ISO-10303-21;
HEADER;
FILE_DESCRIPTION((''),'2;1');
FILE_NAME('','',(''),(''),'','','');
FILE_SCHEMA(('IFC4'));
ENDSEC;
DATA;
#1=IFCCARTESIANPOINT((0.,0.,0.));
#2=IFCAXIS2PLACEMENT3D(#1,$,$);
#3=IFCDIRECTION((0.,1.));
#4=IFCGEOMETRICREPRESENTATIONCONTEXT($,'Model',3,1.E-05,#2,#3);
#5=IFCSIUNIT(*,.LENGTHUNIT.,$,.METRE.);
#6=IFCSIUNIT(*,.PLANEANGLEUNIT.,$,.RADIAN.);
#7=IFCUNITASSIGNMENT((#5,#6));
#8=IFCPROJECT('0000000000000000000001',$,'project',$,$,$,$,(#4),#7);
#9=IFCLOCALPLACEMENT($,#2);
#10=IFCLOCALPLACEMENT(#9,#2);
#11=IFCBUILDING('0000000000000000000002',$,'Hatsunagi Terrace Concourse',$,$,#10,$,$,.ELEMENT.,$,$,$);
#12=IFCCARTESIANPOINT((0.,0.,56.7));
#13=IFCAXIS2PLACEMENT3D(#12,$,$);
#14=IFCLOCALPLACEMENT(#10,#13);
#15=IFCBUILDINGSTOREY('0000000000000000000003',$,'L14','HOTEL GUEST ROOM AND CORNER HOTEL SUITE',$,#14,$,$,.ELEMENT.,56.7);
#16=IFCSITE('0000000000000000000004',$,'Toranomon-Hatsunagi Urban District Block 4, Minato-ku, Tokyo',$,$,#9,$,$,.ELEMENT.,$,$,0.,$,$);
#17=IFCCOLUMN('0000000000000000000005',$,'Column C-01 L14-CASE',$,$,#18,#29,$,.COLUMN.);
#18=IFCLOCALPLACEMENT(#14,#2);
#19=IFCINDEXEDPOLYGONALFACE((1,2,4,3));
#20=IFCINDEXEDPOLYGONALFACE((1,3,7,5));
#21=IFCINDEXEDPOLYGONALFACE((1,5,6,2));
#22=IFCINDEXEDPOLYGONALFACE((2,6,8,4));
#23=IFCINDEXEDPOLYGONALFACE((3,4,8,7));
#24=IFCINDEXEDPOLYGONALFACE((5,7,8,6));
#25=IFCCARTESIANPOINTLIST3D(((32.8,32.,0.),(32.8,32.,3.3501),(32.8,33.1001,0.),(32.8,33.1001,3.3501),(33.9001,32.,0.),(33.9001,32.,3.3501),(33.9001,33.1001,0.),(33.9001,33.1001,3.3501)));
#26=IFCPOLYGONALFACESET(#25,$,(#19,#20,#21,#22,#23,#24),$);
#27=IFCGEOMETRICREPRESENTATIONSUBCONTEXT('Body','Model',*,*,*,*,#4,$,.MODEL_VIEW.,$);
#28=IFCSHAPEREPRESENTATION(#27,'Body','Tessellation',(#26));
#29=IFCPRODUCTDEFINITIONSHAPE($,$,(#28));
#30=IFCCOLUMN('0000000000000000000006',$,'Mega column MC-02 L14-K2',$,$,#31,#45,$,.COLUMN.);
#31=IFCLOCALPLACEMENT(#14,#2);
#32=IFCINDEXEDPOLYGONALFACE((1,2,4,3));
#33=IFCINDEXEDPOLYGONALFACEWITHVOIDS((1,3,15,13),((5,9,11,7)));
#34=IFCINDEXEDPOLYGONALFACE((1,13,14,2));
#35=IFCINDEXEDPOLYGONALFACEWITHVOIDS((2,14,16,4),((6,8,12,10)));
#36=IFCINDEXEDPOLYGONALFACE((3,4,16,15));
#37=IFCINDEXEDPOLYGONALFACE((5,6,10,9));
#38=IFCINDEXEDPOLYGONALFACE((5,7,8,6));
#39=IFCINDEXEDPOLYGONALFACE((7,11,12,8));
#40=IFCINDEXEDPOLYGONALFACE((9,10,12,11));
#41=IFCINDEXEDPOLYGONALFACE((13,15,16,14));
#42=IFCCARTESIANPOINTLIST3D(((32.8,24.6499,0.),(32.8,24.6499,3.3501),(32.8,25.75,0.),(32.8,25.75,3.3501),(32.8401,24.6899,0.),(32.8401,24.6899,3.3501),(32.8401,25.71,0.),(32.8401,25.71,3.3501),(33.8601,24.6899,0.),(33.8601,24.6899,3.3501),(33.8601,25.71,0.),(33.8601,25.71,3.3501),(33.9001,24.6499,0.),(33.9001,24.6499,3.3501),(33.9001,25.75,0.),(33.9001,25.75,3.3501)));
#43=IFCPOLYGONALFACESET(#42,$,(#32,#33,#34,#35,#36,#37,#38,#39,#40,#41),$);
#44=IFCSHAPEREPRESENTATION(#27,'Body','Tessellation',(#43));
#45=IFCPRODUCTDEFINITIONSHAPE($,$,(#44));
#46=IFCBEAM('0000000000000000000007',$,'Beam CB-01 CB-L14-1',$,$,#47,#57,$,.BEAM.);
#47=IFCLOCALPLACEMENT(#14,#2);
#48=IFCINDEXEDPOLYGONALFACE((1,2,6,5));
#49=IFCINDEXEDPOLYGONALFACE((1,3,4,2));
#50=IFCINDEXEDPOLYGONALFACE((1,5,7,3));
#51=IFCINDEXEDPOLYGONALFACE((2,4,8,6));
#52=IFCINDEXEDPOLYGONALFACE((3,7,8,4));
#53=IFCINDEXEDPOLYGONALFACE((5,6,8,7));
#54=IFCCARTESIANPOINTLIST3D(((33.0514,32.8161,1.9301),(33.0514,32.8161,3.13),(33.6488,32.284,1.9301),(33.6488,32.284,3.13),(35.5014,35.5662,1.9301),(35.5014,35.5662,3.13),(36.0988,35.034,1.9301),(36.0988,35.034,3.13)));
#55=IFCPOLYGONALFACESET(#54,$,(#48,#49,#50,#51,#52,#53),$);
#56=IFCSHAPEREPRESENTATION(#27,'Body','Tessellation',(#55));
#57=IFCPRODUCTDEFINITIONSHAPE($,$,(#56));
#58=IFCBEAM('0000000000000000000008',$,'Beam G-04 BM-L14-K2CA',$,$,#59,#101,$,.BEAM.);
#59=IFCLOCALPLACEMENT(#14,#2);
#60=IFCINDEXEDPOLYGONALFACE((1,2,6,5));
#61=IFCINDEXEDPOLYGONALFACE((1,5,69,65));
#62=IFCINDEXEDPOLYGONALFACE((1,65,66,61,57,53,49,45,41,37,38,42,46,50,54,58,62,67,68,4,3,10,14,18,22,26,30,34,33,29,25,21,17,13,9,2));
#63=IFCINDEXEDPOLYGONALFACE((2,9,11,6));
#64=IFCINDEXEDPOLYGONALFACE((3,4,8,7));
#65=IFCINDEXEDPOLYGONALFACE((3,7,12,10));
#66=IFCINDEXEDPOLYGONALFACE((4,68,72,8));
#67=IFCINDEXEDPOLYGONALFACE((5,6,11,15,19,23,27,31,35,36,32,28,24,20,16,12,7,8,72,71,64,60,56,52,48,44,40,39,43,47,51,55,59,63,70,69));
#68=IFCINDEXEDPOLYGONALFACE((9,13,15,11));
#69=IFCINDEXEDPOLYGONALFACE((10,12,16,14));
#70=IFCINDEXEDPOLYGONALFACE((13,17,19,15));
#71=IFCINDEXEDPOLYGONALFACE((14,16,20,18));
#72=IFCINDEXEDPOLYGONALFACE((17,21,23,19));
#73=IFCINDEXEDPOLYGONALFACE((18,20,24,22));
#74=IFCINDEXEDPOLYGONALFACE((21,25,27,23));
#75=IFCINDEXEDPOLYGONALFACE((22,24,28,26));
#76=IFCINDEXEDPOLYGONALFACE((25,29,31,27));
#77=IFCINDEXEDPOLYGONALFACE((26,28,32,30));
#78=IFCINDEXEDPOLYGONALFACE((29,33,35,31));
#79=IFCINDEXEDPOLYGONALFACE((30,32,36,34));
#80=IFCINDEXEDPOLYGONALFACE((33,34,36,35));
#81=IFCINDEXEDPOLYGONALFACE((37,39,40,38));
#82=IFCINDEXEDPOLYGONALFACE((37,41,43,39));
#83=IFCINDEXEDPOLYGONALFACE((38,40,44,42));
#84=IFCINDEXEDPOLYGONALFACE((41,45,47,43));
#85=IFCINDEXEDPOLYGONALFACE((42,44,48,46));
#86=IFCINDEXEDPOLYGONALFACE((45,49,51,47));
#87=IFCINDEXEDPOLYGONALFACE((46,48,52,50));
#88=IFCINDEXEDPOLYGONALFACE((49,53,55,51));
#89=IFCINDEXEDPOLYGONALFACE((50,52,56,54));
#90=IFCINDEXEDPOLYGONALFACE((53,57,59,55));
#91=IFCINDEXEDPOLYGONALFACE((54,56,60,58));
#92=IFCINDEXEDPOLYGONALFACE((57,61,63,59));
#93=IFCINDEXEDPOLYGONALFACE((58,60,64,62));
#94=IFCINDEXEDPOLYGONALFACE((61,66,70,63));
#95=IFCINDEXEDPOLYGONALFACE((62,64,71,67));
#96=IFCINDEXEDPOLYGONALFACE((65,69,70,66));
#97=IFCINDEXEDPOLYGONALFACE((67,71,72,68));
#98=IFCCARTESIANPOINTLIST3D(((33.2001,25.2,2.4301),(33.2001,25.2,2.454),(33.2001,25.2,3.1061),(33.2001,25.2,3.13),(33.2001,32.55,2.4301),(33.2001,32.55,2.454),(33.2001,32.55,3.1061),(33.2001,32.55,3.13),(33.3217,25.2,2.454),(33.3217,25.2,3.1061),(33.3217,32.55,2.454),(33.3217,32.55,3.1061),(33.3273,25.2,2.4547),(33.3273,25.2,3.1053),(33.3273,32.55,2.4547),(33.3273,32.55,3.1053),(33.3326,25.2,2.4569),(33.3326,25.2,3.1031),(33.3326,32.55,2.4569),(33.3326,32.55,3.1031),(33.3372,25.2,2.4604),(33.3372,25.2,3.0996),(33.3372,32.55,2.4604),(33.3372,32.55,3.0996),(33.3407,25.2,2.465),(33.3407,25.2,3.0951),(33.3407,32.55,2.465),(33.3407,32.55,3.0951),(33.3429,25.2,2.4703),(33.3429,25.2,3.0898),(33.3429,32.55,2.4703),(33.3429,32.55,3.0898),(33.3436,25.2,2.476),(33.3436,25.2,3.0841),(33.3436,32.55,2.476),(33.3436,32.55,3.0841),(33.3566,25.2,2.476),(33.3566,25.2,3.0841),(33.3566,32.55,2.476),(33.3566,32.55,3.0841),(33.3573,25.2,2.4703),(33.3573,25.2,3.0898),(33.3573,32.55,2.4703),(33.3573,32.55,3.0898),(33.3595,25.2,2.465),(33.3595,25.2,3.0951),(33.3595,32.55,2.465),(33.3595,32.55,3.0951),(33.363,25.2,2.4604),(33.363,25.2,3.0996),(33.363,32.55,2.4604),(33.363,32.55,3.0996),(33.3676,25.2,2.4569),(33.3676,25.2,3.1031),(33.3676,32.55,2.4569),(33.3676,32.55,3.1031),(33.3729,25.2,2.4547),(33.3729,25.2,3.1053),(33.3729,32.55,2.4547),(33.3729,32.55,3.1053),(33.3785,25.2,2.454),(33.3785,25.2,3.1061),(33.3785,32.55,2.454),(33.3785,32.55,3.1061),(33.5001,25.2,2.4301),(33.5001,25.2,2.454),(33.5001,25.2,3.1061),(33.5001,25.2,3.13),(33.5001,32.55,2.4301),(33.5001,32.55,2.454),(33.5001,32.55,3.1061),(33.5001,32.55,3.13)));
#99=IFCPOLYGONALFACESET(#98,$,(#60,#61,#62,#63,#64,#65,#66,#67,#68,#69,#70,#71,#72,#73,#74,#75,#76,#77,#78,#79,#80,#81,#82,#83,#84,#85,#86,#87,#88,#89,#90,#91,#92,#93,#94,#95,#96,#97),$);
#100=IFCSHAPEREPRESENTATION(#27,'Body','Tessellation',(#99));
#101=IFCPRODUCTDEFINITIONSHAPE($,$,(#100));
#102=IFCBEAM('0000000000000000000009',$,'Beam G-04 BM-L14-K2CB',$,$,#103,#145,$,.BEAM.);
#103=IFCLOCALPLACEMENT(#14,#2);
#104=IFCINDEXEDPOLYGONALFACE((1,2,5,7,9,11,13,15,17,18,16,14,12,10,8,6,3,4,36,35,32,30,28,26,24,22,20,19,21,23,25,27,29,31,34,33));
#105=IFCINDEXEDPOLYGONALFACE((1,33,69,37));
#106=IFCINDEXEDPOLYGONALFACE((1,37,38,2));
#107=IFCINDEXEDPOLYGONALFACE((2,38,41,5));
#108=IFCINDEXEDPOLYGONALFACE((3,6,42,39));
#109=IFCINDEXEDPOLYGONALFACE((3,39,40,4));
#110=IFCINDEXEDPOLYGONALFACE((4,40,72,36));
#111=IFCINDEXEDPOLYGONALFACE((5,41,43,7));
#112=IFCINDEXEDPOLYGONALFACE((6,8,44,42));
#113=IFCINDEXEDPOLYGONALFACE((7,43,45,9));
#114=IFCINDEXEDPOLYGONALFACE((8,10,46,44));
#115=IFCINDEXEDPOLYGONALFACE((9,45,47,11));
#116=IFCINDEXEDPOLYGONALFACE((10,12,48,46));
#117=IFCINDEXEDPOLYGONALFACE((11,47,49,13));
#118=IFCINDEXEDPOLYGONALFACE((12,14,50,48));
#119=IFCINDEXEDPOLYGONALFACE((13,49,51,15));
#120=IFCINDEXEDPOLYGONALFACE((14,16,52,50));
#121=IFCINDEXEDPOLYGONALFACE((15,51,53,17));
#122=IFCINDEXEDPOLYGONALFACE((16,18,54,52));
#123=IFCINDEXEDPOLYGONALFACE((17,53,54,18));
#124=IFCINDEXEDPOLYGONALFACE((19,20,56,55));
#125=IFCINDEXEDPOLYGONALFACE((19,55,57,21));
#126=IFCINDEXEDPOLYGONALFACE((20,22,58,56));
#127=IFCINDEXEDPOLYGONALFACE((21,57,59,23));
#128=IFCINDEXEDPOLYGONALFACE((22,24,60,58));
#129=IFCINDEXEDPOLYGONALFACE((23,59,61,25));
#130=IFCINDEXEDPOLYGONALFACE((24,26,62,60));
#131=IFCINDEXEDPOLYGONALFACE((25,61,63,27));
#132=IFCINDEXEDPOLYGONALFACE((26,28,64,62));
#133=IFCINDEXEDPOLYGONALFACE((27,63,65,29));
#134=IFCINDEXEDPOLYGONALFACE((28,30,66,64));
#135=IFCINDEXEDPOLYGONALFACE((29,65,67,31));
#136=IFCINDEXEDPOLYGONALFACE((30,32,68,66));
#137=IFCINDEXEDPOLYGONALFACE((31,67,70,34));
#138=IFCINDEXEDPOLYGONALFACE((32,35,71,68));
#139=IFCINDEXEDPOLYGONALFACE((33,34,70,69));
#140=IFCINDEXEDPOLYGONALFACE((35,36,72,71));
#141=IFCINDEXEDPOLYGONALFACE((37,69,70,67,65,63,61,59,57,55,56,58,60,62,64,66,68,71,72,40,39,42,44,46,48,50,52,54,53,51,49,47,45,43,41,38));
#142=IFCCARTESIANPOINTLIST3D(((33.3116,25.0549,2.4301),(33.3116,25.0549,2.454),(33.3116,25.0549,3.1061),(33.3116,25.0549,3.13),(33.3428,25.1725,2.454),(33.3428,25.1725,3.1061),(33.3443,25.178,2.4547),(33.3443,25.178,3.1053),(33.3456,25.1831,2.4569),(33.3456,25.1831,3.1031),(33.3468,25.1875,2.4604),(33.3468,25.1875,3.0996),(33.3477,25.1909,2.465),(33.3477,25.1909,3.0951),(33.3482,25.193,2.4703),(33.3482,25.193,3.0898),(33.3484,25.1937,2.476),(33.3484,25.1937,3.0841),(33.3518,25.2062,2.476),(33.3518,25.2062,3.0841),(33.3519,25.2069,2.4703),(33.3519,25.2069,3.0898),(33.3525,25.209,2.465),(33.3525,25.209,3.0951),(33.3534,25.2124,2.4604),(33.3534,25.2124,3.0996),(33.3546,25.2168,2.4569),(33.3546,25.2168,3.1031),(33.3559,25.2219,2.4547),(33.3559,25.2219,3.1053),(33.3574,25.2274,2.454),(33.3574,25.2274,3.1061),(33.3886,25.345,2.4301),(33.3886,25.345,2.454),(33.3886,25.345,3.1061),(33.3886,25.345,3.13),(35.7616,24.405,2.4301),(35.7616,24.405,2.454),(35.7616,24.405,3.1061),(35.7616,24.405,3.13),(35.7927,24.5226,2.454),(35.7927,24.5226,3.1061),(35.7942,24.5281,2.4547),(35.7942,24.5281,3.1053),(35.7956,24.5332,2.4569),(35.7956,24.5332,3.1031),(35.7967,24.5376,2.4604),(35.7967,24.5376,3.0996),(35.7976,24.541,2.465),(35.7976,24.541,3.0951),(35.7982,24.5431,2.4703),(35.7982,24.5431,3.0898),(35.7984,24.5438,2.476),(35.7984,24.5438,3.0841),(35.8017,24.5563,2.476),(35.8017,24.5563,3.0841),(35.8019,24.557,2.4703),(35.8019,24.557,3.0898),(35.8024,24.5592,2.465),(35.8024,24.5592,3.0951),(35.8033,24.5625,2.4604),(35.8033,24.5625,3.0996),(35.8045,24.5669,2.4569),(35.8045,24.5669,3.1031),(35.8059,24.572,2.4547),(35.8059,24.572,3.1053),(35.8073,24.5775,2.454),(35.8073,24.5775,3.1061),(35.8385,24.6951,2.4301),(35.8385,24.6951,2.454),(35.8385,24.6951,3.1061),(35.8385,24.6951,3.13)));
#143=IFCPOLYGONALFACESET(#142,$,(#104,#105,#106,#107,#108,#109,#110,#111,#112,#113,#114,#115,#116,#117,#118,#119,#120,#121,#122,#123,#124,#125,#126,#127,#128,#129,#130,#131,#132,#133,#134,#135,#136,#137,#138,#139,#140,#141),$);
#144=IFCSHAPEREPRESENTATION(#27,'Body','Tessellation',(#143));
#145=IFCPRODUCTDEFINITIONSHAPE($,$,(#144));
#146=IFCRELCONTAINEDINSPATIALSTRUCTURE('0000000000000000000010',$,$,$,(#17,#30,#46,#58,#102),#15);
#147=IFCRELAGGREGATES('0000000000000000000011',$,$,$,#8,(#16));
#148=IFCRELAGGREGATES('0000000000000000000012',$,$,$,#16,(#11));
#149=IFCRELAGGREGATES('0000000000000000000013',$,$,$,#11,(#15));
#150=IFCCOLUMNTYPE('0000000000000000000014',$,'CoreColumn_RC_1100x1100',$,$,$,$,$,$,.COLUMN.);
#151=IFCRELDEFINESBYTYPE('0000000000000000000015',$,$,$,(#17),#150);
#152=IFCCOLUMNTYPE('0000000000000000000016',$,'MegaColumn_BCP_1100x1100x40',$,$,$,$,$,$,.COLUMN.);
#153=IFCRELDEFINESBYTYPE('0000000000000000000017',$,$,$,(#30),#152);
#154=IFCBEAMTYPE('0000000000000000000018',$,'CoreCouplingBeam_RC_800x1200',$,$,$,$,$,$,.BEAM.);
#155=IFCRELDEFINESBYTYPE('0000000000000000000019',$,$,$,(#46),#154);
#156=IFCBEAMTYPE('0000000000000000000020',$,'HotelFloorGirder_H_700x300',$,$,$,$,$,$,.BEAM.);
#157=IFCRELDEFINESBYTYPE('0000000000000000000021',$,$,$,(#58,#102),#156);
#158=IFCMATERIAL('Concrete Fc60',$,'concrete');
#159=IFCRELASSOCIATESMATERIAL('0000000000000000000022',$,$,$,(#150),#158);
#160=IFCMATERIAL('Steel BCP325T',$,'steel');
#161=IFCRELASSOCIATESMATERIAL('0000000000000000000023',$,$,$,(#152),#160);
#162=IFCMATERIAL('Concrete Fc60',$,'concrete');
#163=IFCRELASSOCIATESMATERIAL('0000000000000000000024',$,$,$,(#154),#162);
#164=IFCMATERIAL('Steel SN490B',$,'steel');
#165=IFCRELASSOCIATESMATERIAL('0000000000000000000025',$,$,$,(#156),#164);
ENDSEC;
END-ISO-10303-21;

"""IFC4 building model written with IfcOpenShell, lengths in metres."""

from ifc_helpers import new_model, si_unit, direction, frame, origin, origin_2d, place, context, subcontext, project, spatial, rectangle, hollow_rectangle, i_section, extrude, material, material_profile, profile_set, type_object, element, save


model = new_model("IFC4")

# Units and contexts
model_context = context("Model", 3, precision=1e-05, world=origin(), true_north=direction((0.0, 1.0)))
body_context = subcontext(model_context, "Body", "Model", "MODEL_VIEW")
ifc_project = project(units=[si_unit("LENGTHUNIT", "METRE"), si_unit("PLANEANGLEUNIT", "RADIAN")], contexts=[model_context])

# Site, building, storey
site_placement = place(None, origin())
site = spatial("IfcSite", under=ifc_project, at=site_placement, Name="Toranomon-Hatsunagi Urban District Block 4, Minato-ku, Tokyo", CompositionType="ELEMENT", RefElevation=0.0)
building_placement = place(site_placement, origin())
building = spatial("IfcBuilding", under=site, at=building_placement, Name="Hatsunagi Terrace Concourse", CompositionType="ELEMENT")
storey_placement = place(building_placement, frame((0.0, 0.0, 56.7)))
storey = spatial("IfcBuildingStorey", under=building, at=storey_placement, Name="L14", Description="HOTEL GUEST ROOM AND CORNER HOTEL SUITE", CompositionType="ELEMENT", Elevation=56.7)

# Columns
ifc_material_1 = material(Name="Concrete Fc60", Category="concrete")
ifc_material_profile_1 = material_profile(ifc_material_1, rectangle(XDim=1.1001, YDim=1.1001, at=origin_2d()), Name="RC-1100x1100")
ifc_profile_set_1 = profile_set([ifc_material_profile_1], Name="Concrete Fc60")
column_type_1 = type_object("IfcColumnType", Name="CoreColumn_RC_1100x1100", PredefinedType="COLUMN", material=ifc_profile_set_1)
column_1_placement = place(storey_placement, frame((33.3501, 32.55, 0.0), z_axis=(0.0, 0.0, 1.0), x_axis=(1.0, 0.0, 0.0)))
element("IfcColumn", 1, at=column_1_placement, inside=storey, type_object=column_type_1, Name="Column C-01 L14-CASE", PredefinedType="COLUMN", context=body_context, shape_type="SweptSolid", body=[
    extrude(rectangle(XDim=1.1001, YDim=1.1001, at=origin_2d()), origin(), (0.0, 0.0, 1.0), 3.3501),
])
ifc_material_2 = material(Name="Steel BCP325T", Category="steel")
ifc_material_profile_2 = material_profile(ifc_material_2, hollow_rectangle(XDim=1.1001, YDim=1.1001, WallThickness=0.04, at=origin_2d()), Name="BCP-1100x1100x40")
ifc_profile_set_2 = profile_set([ifc_material_profile_2], Name="Steel BCP325T")
column_type_2 = type_object("IfcColumnType", Name="MegaColumn_BCP_1100x1100x40", PredefinedType="COLUMN", material=ifc_profile_set_2)
column_2_placement = place(storey_placement, frame((33.3501, 25.2, 0.0), z_axis=(0.0, 0.0, 1.0), x_axis=(1.0, 0.0, 0.0)))
element("IfcColumn", 2, at=column_2_placement, inside=storey, type_object=column_type_2, Name="Mega column MC-02 L14-K2", PredefinedType="COLUMN", context=body_context, shape_type="SweptSolid", body=[
    extrude(hollow_rectangle(XDim=1.1001, YDim=1.1001, WallThickness=0.04, at=origin_2d()), origin(), (0.0, 0.0, 1.0), 3.3501),
])

# Beams
ifc_material_3 = material(Name="Concrete Fc60", Category="concrete")
ifc_material_profile_3 = material_profile(ifc_material_3, rectangle(XDim=0.8, YDim=1.2, at=origin_2d()), Name="RC-800x1200")
ifc_profile_set_3 = profile_set([ifc_material_profile_3], Name="Concrete Fc60")
beam_type_1 = type_object("IfcBeamType", Name="CoreCouplingBeam_RC_800x1200", PredefinedType="BEAM", material=ifc_profile_set_3)
beam_1_placement = place(storey_placement, frame((33.3501, 32.55, 2.53), z_axis=(0.665199, 0.746666, 0.0), x_axis=(-0.746666, 0.665199, 0.0)))
element("IfcBeam", 3, at=beam_1_placement, inside=storey, type_object=beam_type_1, Name="Beam CB-01 CB-L14-1", PredefinedType="BEAM", context=body_context, shape_type="SweptSolid", body=[
    extrude(rectangle(XDim=0.8, YDim=1.2, at=origin_2d()), origin(), (0.0, 0.0, 1.0), 3.6831),
])
ifc_material_4 = material(Name="Steel SN490B", Category="steel")
ifc_material_profile_4 = material_profile(ifc_material_4, i_section(OverallWidth=0.3, OverallDepth=0.7, WebThickness=0.0129, FlangeThickness=0.0239, FilletRadius=0.022, at=origin_2d()), Name="H-700x300x13x24")
ifc_profile_set_4 = profile_set([ifc_material_profile_4], Name="Steel SN490B")
beam_type_2 = type_object("IfcBeamType", Name="HotelFloorGirder_H_700x300", PredefinedType="BEAM", material=ifc_profile_set_4)
beam_2_placement = place(storey_placement, frame((33.3501, 25.2, 2.78), z_axis=(0.0, 1.0, 0.0), x_axis=(-1.0, 0.0, 0.0)))
element("IfcBeam", 4, at=beam_2_placement, inside=storey, type_object=beam_type_2, Name="Beam G-04 BM-L14-K2CA", PredefinedType="BEAM", context=body_context, shape_type="SweptSolid", body=[
    extrude(i_section(OverallWidth=0.3, OverallDepth=0.7, WebThickness=0.0129, FlangeThickness=0.0239, FilletRadius=0.022, at=origin_2d()), origin(), (0.0, 0.0, 1.0), 7.3501),
])
beam_3_placement = place(storey_placement, frame((33.3501, 25.2, 2.78), z_axis=(0.96657, -0.256403, 0.0), x_axis=(0.256403, 0.96657, 0.0)))
element("IfcBeam", 5, at=beam_3_placement, inside=storey, type_object=beam_type_2, Name="Beam G-04 BM-L14-K2CB", PredefinedType="BEAM", context=body_context, shape_type="SweptSolid", body=[
    extrude(i_section(OverallWidth=0.3, OverallDepth=0.7, WebThickness=0.0129, FlangeThickness=0.0239, FilletRadius=0.022, at=origin_2d()), origin(), (0.0, 0.0, 1.0), 2.5347),
])

save(model, "model.ifc")
